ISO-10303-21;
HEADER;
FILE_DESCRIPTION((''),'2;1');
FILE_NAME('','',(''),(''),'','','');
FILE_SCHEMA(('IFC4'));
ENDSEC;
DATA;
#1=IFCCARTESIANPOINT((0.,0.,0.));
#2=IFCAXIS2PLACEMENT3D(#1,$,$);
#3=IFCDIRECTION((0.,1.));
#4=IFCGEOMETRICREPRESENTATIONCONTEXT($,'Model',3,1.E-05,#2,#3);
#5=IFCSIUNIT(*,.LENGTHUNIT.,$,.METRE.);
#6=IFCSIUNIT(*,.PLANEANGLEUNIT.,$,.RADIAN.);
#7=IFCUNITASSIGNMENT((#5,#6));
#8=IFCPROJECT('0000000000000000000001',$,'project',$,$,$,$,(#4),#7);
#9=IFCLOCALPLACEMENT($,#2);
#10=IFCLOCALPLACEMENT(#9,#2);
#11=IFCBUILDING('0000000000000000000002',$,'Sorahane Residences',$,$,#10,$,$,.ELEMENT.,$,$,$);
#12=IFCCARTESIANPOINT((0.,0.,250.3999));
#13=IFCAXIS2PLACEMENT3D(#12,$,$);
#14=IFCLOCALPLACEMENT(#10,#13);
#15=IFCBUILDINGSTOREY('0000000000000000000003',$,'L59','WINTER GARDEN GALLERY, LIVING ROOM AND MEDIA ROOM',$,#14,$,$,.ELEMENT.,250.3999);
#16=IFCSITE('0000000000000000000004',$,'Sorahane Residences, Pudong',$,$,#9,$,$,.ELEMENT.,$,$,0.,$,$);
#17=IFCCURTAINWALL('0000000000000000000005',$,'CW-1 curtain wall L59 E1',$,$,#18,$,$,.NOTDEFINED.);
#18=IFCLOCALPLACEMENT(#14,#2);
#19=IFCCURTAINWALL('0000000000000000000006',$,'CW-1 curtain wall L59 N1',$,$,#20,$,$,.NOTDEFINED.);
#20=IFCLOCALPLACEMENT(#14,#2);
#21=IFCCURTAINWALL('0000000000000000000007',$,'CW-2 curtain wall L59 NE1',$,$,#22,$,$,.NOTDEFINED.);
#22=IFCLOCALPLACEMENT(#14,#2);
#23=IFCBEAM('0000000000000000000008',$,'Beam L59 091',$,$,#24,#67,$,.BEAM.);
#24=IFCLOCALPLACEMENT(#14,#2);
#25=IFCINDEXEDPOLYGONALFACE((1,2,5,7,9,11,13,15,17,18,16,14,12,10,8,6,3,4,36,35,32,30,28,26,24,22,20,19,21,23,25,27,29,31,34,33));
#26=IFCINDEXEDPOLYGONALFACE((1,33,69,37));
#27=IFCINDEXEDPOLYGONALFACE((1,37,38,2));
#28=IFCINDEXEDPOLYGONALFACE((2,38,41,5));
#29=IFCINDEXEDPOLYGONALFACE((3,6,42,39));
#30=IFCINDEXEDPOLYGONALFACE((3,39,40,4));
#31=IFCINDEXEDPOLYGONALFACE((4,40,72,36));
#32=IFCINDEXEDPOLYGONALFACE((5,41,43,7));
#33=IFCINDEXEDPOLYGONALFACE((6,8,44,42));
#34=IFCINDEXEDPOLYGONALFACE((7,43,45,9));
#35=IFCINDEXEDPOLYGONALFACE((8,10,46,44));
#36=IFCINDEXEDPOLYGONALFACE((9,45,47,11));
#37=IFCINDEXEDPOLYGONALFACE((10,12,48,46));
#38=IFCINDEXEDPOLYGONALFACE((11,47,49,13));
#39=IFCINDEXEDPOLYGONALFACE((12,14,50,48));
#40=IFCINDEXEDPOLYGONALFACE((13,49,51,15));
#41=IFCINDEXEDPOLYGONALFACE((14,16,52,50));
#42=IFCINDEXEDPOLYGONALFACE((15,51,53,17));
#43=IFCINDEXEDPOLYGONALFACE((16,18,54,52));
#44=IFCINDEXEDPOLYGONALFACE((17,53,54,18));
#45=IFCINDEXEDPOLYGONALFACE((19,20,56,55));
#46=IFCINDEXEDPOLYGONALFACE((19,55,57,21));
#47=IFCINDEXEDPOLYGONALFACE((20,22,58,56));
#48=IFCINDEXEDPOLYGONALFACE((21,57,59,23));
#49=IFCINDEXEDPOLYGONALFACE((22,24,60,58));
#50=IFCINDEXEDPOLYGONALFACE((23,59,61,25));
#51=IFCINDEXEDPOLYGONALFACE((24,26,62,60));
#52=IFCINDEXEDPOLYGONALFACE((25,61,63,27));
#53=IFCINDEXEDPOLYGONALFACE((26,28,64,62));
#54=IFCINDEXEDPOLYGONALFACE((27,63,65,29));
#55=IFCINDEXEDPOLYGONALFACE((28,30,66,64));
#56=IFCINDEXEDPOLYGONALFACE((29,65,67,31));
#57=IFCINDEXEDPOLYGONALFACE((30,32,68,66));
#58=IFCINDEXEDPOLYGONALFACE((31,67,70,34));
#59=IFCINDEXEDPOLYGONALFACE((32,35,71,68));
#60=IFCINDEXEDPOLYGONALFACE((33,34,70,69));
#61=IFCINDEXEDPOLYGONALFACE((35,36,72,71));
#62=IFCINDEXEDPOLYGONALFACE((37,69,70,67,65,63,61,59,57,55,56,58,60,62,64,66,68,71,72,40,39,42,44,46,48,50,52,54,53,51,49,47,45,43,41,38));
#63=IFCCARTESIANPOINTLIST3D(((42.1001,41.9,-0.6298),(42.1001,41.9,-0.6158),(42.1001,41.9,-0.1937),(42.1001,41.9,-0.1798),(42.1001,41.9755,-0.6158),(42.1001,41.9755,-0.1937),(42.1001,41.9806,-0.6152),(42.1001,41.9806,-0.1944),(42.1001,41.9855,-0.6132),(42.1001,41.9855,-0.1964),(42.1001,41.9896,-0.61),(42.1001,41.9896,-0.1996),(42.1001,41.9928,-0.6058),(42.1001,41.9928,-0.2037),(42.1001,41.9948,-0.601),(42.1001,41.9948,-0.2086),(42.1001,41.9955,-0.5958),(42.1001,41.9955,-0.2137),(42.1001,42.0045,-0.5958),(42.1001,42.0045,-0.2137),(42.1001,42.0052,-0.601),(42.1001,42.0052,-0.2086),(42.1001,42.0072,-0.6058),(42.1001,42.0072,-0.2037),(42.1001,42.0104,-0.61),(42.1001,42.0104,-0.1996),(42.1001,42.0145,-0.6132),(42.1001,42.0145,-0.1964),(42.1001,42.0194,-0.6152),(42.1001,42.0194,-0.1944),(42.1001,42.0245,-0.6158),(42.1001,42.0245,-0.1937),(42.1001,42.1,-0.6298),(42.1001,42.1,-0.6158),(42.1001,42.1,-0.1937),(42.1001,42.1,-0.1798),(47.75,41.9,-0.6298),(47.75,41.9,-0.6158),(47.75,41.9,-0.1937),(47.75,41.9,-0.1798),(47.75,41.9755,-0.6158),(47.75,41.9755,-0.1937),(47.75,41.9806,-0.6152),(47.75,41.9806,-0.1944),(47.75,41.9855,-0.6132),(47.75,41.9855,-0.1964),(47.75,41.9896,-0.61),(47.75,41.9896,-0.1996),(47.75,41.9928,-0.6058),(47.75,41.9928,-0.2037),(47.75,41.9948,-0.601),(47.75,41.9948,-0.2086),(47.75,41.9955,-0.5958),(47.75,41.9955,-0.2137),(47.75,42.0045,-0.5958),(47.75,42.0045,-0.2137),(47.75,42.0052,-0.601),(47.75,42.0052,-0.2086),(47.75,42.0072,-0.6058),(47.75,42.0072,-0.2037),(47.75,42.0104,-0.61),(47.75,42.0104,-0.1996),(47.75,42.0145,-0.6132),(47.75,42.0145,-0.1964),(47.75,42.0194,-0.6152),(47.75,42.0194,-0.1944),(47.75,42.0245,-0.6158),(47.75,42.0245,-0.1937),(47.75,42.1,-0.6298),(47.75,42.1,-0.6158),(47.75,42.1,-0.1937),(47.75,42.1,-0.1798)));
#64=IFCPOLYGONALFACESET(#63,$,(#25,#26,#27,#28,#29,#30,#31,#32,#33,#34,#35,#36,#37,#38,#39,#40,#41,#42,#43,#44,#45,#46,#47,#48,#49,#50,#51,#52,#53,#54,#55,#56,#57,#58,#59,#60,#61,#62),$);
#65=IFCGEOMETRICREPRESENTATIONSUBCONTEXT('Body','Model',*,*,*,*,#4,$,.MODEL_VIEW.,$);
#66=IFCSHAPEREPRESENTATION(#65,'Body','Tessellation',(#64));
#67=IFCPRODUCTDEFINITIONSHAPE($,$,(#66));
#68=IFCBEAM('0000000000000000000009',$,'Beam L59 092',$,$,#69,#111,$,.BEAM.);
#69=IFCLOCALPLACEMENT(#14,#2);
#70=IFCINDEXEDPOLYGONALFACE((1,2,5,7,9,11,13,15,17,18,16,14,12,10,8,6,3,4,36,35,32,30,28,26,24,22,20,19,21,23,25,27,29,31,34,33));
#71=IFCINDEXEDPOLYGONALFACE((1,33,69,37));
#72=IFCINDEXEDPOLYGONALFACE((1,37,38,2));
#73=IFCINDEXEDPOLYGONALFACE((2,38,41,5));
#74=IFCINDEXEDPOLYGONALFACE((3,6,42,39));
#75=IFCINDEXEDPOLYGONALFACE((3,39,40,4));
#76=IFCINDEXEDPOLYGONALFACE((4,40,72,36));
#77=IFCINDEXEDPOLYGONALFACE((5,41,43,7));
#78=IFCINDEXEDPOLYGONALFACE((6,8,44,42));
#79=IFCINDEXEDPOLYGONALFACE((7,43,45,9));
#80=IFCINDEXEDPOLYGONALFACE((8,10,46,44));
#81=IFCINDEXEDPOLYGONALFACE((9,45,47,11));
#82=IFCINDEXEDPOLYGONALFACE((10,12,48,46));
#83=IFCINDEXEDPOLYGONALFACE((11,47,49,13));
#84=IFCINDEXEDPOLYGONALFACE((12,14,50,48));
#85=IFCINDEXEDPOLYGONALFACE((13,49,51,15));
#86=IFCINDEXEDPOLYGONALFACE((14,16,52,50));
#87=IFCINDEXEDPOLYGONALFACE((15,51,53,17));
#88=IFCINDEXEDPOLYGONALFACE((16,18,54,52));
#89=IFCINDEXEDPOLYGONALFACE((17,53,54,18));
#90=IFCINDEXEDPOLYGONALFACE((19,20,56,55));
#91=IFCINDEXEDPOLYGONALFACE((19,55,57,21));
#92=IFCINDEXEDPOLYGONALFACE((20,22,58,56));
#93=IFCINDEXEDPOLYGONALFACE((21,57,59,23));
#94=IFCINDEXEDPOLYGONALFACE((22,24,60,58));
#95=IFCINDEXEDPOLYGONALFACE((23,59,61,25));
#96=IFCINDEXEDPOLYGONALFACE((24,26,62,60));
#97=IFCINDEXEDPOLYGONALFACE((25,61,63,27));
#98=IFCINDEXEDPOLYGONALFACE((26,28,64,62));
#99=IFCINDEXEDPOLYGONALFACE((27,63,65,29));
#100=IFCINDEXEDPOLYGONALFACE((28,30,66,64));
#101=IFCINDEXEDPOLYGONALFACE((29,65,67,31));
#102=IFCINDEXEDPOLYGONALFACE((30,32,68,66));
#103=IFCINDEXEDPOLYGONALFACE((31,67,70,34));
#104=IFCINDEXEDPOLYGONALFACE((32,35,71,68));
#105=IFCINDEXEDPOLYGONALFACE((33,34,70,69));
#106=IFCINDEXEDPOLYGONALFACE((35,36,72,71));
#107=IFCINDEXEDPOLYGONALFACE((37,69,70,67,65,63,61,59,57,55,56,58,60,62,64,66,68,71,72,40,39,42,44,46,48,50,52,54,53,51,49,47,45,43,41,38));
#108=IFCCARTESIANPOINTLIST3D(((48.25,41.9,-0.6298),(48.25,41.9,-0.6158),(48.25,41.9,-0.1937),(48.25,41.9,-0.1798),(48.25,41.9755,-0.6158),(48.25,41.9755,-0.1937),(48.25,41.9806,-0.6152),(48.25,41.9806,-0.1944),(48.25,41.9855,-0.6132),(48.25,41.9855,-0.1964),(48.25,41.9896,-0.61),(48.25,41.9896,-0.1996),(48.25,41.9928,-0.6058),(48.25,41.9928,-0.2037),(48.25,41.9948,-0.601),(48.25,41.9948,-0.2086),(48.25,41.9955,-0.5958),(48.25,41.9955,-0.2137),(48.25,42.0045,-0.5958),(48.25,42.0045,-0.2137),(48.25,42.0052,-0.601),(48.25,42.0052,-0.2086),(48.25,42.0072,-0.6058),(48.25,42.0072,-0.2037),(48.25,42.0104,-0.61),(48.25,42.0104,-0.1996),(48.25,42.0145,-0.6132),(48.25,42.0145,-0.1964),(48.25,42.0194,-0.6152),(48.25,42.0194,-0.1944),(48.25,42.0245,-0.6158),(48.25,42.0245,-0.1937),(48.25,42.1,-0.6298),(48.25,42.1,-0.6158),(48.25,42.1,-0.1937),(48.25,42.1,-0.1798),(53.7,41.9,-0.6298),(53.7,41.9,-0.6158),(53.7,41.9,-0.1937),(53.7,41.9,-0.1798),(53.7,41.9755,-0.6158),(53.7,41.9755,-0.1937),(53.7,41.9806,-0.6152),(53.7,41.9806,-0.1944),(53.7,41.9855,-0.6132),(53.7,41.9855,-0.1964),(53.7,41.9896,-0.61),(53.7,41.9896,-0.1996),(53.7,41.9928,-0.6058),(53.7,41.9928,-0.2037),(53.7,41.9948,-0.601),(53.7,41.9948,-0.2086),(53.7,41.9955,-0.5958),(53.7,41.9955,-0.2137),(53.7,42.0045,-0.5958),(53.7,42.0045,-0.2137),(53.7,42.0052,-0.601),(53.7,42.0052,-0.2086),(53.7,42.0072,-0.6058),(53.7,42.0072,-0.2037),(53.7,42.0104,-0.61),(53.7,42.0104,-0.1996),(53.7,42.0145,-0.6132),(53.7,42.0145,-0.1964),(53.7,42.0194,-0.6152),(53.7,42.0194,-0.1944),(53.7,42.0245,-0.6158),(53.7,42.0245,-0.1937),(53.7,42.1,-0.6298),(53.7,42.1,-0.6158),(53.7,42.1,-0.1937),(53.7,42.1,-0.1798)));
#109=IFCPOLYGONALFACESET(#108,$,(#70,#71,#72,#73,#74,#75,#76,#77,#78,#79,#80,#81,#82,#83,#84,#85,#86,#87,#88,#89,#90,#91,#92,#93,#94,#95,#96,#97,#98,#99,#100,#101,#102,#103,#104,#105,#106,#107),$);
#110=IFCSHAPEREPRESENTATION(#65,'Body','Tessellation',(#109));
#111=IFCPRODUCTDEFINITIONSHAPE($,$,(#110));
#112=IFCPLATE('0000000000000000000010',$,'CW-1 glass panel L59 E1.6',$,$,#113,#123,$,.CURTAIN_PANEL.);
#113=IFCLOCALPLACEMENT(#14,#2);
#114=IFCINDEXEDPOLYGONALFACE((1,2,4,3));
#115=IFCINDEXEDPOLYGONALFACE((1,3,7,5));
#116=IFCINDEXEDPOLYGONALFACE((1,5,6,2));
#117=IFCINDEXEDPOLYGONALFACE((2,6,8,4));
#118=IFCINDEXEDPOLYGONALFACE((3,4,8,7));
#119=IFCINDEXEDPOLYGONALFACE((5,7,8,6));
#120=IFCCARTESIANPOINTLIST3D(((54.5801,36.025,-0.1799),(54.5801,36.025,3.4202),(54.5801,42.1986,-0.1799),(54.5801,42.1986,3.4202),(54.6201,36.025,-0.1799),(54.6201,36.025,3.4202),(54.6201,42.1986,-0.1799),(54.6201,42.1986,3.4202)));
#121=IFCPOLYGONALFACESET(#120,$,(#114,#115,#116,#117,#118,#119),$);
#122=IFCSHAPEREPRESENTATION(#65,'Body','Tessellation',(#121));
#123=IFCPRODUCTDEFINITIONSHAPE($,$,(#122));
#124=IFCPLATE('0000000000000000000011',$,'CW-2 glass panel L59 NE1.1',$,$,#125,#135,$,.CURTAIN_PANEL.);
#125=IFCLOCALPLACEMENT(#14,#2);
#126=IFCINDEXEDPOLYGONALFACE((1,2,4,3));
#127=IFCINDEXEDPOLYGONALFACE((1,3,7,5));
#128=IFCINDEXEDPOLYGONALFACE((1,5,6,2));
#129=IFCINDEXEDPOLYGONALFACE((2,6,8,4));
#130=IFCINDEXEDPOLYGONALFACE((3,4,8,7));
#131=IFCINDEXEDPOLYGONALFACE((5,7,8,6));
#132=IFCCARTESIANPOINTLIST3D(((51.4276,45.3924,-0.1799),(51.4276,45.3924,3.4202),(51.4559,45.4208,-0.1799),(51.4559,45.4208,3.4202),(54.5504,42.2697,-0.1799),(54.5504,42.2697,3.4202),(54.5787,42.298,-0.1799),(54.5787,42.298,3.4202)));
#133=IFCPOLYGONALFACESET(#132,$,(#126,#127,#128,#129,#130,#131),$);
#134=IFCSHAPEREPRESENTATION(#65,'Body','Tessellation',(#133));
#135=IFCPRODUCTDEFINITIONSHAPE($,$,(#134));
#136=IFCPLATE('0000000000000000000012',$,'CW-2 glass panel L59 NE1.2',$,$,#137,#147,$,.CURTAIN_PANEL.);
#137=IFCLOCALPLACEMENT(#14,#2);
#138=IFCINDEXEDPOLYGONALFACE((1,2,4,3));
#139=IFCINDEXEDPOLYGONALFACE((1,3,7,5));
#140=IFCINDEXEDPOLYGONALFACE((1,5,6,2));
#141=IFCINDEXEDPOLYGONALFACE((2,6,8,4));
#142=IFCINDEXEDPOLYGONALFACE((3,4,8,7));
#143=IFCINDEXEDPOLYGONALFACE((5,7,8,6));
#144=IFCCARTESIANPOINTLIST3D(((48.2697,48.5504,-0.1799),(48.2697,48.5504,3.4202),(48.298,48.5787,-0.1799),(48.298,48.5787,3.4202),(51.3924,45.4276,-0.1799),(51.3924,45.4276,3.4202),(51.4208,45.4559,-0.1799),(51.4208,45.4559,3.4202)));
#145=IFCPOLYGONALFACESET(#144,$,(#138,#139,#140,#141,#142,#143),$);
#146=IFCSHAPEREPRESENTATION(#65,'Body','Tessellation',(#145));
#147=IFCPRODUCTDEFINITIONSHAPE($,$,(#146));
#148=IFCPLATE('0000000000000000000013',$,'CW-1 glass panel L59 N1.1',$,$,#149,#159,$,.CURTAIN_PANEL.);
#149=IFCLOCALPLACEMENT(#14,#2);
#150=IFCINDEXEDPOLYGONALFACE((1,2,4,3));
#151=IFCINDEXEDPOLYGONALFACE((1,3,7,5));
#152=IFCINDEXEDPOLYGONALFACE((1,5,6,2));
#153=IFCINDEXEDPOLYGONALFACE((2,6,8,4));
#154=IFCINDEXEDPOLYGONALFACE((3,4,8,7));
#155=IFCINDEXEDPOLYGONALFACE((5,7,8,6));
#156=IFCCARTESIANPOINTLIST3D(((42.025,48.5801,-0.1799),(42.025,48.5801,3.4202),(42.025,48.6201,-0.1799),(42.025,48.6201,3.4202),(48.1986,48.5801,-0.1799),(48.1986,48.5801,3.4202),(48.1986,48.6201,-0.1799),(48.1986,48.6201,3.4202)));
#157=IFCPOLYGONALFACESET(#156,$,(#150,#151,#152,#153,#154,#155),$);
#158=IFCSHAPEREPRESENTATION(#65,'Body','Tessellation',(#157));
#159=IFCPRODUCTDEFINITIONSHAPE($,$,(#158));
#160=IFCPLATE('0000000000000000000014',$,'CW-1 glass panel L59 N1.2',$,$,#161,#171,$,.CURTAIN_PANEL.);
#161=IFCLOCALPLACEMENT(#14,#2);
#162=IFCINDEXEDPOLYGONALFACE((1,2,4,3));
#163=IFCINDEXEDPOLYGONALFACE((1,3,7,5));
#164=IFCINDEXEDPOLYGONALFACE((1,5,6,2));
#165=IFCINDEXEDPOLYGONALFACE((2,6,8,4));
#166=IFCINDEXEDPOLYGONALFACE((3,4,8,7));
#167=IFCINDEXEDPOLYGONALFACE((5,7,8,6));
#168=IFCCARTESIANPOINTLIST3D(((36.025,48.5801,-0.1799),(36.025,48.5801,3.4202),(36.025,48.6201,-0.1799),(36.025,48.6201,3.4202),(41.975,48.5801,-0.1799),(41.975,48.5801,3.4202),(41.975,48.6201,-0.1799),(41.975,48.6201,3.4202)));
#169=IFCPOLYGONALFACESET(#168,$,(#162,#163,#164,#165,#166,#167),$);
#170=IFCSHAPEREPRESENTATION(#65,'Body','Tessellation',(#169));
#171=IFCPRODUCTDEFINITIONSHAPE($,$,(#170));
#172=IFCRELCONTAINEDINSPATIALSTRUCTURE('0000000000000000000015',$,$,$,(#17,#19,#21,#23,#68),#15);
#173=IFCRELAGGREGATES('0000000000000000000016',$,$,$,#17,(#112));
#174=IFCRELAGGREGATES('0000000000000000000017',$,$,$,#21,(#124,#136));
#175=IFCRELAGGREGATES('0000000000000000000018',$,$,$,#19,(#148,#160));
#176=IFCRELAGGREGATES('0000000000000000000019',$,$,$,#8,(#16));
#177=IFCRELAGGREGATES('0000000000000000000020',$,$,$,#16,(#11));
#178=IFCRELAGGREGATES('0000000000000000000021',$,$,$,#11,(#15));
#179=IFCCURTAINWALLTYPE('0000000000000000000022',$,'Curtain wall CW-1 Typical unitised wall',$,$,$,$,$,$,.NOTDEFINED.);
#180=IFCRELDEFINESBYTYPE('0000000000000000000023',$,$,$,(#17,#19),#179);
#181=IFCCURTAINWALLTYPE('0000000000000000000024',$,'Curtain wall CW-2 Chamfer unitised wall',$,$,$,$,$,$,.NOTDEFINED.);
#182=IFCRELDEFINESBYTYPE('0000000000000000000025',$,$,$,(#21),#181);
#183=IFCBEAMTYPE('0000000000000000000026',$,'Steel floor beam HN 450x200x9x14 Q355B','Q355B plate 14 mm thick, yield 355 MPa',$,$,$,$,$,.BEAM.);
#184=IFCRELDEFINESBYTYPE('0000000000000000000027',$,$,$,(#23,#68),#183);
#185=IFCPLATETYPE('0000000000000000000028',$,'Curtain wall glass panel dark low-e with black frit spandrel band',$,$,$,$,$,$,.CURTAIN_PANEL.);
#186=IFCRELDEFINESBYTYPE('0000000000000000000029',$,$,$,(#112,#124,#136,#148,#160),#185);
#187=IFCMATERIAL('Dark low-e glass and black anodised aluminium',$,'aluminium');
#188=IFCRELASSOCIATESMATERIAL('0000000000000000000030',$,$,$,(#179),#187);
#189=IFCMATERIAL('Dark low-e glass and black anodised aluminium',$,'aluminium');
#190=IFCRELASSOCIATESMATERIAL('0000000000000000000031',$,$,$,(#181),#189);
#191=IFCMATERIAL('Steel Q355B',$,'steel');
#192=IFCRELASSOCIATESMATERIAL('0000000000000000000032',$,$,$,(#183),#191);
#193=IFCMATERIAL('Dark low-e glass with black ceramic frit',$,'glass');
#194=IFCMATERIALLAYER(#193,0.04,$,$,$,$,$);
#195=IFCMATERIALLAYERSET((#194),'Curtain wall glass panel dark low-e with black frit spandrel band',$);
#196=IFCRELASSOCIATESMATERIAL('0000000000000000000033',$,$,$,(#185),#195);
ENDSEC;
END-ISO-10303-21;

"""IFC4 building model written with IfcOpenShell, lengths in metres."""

from ifc_helpers import new_model, si_unit, direction, frame, origin, origin_2d, place, context, subcontext, project, spatial, rectangle, i_section, extrude, material, layer, layer_set, material_profile, profile_set, type_object, element, aggregate, save


model = new_model("IFC4")

# Units and contexts
model_context = context("Model", 3, precision=1e-05, world=origin(), true_north=direction((0.0, 1.0)))
body_context = subcontext(model_context, "Body", "Model", "MODEL_VIEW")
ifc_project = project(units=[si_unit("LENGTHUNIT", "METRE"), si_unit("PLANEANGLEUNIT", "RADIAN")], contexts=[model_context])

# Site, building, storey
site_placement = place(None, origin())
site = spatial("IfcSite", under=ifc_project, at=site_placement, Name="Sorahane Residences, Pudong", CompositionType="ELEMENT", RefElevation=0.0)
building_placement = place(site_placement, origin())
building = spatial("IfcBuilding", under=site, at=building_placement, Name="Sorahane Residences", CompositionType="ELEMENT")
storey_placement = place(building_placement, frame((0.0, 0.0, 250.3999)))
storey = spatial("IfcBuildingStorey", under=building, at=storey_placement, Name="L59", Description="WINTER GARDEN GALLERY, LIVING ROOM AND MEDIA ROOM", CompositionType="ELEMENT", Elevation=250.3999)

# Curtain walls
ifc_material_1 = material(Name="Dark low-e glass and black anodised aluminium", Category="aluminium")
curtain_wall_type_1 = type_object("IfcCurtainWallType", Name="Curtain wall CW-1 Typical unitised wall", PredefinedType="NOTDEFINED", material=ifc_material_1)
curtain_wall_1_placement = place(storey_placement, origin())
curtain_wall_1 = element("IfcCurtainWall", 1, at=curtain_wall_1_placement, inside=storey, type_object=curtain_wall_type_1, Name="CW-1 curtain wall L59 E1", PredefinedType="NOTDEFINED")
curtain_wall_2_placement = place(storey_placement, origin())
curtain_wall_2 = element("IfcCurtainWall", 2, at=curtain_wall_2_placement, inside=storey, type_object=curtain_wall_type_1, Name="CW-1 curtain wall L59 N1", PredefinedType="NOTDEFINED")

# Curtain wall
ifc_material_2 = material(Name="Dark low-e glass and black anodised aluminium", Category="aluminium")
curtain_wall_type_2 = type_object("IfcCurtainWallType", Name="Curtain wall CW-2 Chamfer unitised wall", PredefinedType="NOTDEFINED", material=ifc_material_2)
curtain_wall_3_placement = place(storey_placement, origin())
curtain_wall_3 = element("IfcCurtainWall", 3, at=curtain_wall_3_placement, inside=storey, type_object=curtain_wall_type_2, Name="CW-2 curtain wall L59 NE1", PredefinedType="NOTDEFINED")

# Beams
ifc_material_3 = material(Name="Steel Q355B", Category="steel")
ifc_material_profile_1 = material_profile(ifc_material_3, i_section(OverallWidth=0.2, OverallDepth=0.45, WebThickness=0.009, FlangeThickness=0.0139, FilletRadius=0.02, at=origin_2d()), Name="HN 450x200x9x14")
ifc_profile_set_1 = profile_set([ifc_material_profile_1], Name="Steel Q355B")
beam_type_1 = type_object("IfcBeamType", Name="Steel floor beam HN 450x200x9x14 Q355B", Description="Q355B plate 14 mm thick, yield 355 MPa", PredefinedType="BEAM", material=ifc_profile_set_1)
beam_1_placement = place(storey_placement, frame((42.1001, 42.0, -0.4048), z_axis=(1.0, 0.0, 0.0), x_axis=(0.0, 1.0, 0.0)))
element("IfcBeam", 4, at=beam_1_placement, inside=storey, type_object=beam_type_1, Name="Beam L59 091", PredefinedType="BEAM", context=body_context, shape_type="SweptSolid", body=[
    extrude(i_section(OverallWidth=0.2, OverallDepth=0.45, WebThickness=0.009, FlangeThickness=0.0139, FilletRadius=0.02, at=origin_2d()), origin(), (0.0, 0.0, 1.0), 5.6499),
])
beam_2_placement = place(storey_placement, frame((48.25, 42.0, -0.4048), z_axis=(1.0, 0.0, 0.0), x_axis=(0.0, 1.0, 0.0)))
element("IfcBeam", 5, at=beam_2_placement, inside=storey, type_object=beam_type_1, Name="Beam L59 092", PredefinedType="BEAM", context=body_context, shape_type="SweptSolid", body=[
    extrude(i_section(OverallWidth=0.2, OverallDepth=0.45, WebThickness=0.009, FlangeThickness=0.0139, FilletRadius=0.02, at=origin_2d()), origin(), (0.0, 0.0, 1.0), 5.45),
])

# Plates
ifc_material_4 = material(Name="Dark low-e glass with black ceramic frit", Category="glass")
ifc_layer_1 = layer(ifc_material_4, 0.04)
ifc_layer_set_1 = layer_set([ifc_layer_1], Name="Curtain wall glass panel dark low-e with black frit spandrel band")
plate_type = type_object("IfcPlateType", Name="Curtain wall glass panel dark low-e with black frit spandrel band", PredefinedType="CURTAIN_PANEL", material=ifc_layer_set_1)
plate_1_placement = place(storey_placement, frame((54.6001, 39.1118, -0.1799), z_axis=(0.0, 0.0, 1.0), x_axis=(0.0, 1.0, 0.0)))
plate_1 = element("IfcPlate", 6, at=plate_1_placement, type_object=plate_type, Name="CW-1 glass panel L59 E1.6", PredefinedType="CURTAIN_PANEL", context=body_context, shape_type="SweptSolid", body=[
    extrude(rectangle(XDim=6.1736, YDim=0.04, at=origin_2d()), origin(), (0.0, 0.0, 1.0), 3.6001),
])
aggregate(curtain_wall_1, [plate_1])
plate_2_placement = place(storey_placement, frame((53.0032, 43.8452, -0.1799), z_axis=(0.0, 0.0, 1.0), x_axis=(-0.707107, 0.707107, 0.0)))
plate_2 = element("IfcPlate", 7, at=plate_2_placement, type_object=plate_type, Name="CW-2 glass panel L59 NE1.1", PredefinedType="CURTAIN_PANEL", context=body_context, shape_type="SweptSolid", body=[
    extrude(rectangle(XDim=4.4163, YDim=0.04, at=origin_2d()), origin(), (0.0, 0.0, 1.0), 3.6001),
])
plate_3_placement = place(storey_placement, frame((49.8452, 47.0032, -0.1799), z_axis=(0.0, 0.0, 1.0), x_axis=(-0.707107, 0.707107, 0.0)))
plate_3 = element("IfcPlate", 8, at=plate_3_placement, type_object=plate_type, Name="CW-2 glass panel L59 NE1.2", PredefinedType="CURTAIN_PANEL", context=body_context, shape_type="SweptSolid", body=[
    extrude(rectangle(XDim=4.4163, YDim=0.04, at=origin_2d()), origin(), (0.0, 0.0, 1.0), 3.6001),
])
aggregate(curtain_wall_3, [plate_2, plate_3])
plate_4_placement = place(storey_placement, frame((45.1118, 48.6001, -0.1799), z_axis=(0.0, 0.0, 1.0), x_axis=(-1.0, 0.0, 0.0)))
plate_4 = element("IfcPlate", 9, at=plate_4_placement, type_object=plate_type, Name="CW-1 glass panel L59 N1.1", PredefinedType="CURTAIN_PANEL", context=body_context, shape_type="SweptSolid", body=[
    extrude(rectangle(XDim=6.1736, YDim=0.04, at=origin_2d()), origin(), (0.0, 0.0, 1.0), 3.6001),
])
plate_5_placement = place(storey_placement, frame((39.0, 48.6001, -0.1799), z_axis=(0.0, 0.0, 1.0), x_axis=(-1.0, 0.0, 0.0)))
plate_5 = element("IfcPlate", 10, at=plate_5_placement, type_object=plate_type, Name="CW-1 glass panel L59 N1.2", PredefinedType="CURTAIN_PANEL", context=body_context, shape_type="SweptSolid", body=[
    extrude(rectangle(XDim=5.95, YDim=0.04, at=origin_2d()), origin(), (0.0, 0.0, 1.0), 3.6001),
])
aggregate(curtain_wall_2, [plate_4, plate_5])

save(model, "model.ifc")
